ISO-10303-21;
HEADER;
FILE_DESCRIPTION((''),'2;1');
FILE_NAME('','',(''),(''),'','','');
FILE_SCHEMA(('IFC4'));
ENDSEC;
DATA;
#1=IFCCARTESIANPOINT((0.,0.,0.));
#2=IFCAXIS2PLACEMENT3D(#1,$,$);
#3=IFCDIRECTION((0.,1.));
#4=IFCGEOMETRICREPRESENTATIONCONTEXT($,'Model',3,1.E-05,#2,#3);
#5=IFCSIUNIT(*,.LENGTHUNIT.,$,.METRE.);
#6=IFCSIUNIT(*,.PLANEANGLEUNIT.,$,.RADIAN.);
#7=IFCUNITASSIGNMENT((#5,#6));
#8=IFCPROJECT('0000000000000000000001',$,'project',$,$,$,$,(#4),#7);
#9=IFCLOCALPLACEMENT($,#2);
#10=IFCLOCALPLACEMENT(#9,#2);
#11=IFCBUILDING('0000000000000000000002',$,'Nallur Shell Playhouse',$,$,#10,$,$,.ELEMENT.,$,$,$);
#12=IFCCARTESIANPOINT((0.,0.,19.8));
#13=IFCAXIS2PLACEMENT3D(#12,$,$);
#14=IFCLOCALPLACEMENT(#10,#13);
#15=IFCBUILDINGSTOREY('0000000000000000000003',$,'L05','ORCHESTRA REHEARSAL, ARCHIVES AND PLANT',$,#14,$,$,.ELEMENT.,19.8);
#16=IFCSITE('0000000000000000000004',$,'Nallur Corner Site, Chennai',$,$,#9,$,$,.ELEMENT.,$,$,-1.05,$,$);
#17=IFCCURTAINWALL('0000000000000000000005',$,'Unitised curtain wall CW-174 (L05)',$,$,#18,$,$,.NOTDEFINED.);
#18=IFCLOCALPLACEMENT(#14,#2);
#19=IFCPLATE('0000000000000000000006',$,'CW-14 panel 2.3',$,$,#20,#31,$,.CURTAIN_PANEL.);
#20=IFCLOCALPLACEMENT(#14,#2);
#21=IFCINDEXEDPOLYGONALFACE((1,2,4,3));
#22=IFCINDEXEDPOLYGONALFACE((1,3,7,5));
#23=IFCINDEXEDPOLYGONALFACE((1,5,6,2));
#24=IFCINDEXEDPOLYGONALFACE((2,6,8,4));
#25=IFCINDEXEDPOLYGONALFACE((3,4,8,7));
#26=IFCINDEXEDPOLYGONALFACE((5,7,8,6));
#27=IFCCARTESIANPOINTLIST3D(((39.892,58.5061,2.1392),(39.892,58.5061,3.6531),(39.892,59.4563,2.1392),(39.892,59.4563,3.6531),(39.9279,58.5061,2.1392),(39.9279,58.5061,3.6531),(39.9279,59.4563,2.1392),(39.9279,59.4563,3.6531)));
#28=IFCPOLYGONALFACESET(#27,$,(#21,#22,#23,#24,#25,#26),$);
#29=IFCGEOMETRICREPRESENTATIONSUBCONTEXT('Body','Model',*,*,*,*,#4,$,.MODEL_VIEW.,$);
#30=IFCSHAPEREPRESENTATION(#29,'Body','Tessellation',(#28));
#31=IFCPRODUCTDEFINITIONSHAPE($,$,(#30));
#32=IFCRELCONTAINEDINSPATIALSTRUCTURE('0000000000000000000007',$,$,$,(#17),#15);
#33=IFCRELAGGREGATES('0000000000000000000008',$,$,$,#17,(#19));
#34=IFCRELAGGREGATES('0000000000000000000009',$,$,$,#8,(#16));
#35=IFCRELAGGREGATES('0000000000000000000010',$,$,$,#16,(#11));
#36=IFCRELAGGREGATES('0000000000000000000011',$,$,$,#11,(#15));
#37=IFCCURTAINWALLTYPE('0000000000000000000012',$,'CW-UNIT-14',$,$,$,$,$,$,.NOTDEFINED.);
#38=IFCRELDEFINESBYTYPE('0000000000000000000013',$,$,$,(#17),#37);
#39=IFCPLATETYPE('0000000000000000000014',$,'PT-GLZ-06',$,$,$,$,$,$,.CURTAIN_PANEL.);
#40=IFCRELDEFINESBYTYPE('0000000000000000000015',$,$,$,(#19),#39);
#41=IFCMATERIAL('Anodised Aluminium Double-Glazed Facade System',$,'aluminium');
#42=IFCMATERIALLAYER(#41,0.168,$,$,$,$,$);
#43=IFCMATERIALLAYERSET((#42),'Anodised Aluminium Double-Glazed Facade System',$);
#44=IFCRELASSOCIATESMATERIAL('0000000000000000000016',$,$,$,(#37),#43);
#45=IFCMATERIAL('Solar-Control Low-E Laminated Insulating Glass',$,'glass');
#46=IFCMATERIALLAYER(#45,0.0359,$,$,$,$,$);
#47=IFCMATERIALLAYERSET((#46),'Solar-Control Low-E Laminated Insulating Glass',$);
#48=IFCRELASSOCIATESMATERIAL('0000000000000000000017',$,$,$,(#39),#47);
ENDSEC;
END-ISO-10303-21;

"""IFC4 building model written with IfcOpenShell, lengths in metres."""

from ifc_helpers import new_model, si_unit, direction, frame, origin, origin_2d, place, context, subcontext, project, spatial, rectangle, extrude, material, layer, layer_set, type_object, element, aggregate, save


model = new_model("IFC4")

# Units and contexts
model_context = context("Model", 3, precision=1e-05, world=origin(), true_north=direction((0.0, 1.0)))
body_context = subcontext(model_context, "Body", "Model", "MODEL_VIEW")
ifc_project = project(units=[si_unit("LENGTHUNIT", "METRE"), si_unit("PLANEANGLEUNIT", "RADIAN")], contexts=[model_context])

# Site, building, storey
site_placement = place(None, origin())
site = spatial("IfcSite", under=ifc_project, at=site_placement, Name="Nallur Corner Site, Chennai", CompositionType="ELEMENT", RefElevation=-1.05)
building_placement = place(site_placement, origin())
building = spatial("IfcBuilding", under=site, at=building_placement, Name="Nallur Shell Playhouse", CompositionType="ELEMENT")
storey_placement = place(building_placement, frame((0.0, 0.0, 19.8)))
storey = spatial("IfcBuildingStorey", under=building, at=storey_placement, Name="L05", Description="ORCHESTRA REHEARSAL, ARCHIVES AND PLANT", CompositionType="ELEMENT", Elevation=19.8)

# Shared definitions
ifc_material_1 = material(Name="Anodised Aluminium Double-Glazed Facade System", Category="aluminium")

# Curtain wall
ifc_layer_1 = layer(ifc_material_1, 0.168)
ifc_layer_set_1 = layer_set([ifc_layer_1], Name="Anodised Aluminium Double-Glazed Facade System")
curtain_wall_type_1 = type_object("IfcCurtainWallType", Name="CW-UNIT-14", PredefinedType="NOTDEFINED", material=ifc_layer_set_1)
curtain_wall_1_placement = place(storey_placement, origin())
curtain_wall_1 = element("IfcCurtainWall", 1, at=curtain_wall_1_placement, inside=storey, type_object=curtain_wall_type_1, Name="Unitised curtain wall CW-174 (L05)", PredefinedType="NOTDEFINED")

# Plate
ifc_material_2 = material(Name="Solar-Control Low-E Laminated Insulating Glass", Category="glass")
ifc_layer_2 = layer(ifc_material_2, 0.0359)
ifc_layer_set_2 = layer_set([ifc_layer_2], Name="Solar-Control Low-E Laminated Insulating Glass")
plate_type_1 = type_object("IfcPlateType", Name="PT-GLZ-06", PredefinedType="CURTAIN_PANEL", material=ifc_layer_set_2)
plate_1_placement = place(storey_placement, frame((39.9099, 58.9812, 2.1392), z_axis=(0.0, 0.0, 1.0), x_axis=(0.0, -1.0, 0.0)))
plate_1 = element("IfcPlate", 2, at=plate_1_placement, type_object=plate_type_1, Name="CW-14 panel 2.3", PredefinedType="CURTAIN_PANEL", context=body_context, shape_type="SweptSolid", body=[
    extrude(rectangle(XDim=0.9502, YDim=0.0359, at=origin_2d()), origin(), (0.0, 0.0, 1.0), 1.5139),
])
aggregate(curtain_wall_1, [plate_1])

save(model, "model.ifc")
